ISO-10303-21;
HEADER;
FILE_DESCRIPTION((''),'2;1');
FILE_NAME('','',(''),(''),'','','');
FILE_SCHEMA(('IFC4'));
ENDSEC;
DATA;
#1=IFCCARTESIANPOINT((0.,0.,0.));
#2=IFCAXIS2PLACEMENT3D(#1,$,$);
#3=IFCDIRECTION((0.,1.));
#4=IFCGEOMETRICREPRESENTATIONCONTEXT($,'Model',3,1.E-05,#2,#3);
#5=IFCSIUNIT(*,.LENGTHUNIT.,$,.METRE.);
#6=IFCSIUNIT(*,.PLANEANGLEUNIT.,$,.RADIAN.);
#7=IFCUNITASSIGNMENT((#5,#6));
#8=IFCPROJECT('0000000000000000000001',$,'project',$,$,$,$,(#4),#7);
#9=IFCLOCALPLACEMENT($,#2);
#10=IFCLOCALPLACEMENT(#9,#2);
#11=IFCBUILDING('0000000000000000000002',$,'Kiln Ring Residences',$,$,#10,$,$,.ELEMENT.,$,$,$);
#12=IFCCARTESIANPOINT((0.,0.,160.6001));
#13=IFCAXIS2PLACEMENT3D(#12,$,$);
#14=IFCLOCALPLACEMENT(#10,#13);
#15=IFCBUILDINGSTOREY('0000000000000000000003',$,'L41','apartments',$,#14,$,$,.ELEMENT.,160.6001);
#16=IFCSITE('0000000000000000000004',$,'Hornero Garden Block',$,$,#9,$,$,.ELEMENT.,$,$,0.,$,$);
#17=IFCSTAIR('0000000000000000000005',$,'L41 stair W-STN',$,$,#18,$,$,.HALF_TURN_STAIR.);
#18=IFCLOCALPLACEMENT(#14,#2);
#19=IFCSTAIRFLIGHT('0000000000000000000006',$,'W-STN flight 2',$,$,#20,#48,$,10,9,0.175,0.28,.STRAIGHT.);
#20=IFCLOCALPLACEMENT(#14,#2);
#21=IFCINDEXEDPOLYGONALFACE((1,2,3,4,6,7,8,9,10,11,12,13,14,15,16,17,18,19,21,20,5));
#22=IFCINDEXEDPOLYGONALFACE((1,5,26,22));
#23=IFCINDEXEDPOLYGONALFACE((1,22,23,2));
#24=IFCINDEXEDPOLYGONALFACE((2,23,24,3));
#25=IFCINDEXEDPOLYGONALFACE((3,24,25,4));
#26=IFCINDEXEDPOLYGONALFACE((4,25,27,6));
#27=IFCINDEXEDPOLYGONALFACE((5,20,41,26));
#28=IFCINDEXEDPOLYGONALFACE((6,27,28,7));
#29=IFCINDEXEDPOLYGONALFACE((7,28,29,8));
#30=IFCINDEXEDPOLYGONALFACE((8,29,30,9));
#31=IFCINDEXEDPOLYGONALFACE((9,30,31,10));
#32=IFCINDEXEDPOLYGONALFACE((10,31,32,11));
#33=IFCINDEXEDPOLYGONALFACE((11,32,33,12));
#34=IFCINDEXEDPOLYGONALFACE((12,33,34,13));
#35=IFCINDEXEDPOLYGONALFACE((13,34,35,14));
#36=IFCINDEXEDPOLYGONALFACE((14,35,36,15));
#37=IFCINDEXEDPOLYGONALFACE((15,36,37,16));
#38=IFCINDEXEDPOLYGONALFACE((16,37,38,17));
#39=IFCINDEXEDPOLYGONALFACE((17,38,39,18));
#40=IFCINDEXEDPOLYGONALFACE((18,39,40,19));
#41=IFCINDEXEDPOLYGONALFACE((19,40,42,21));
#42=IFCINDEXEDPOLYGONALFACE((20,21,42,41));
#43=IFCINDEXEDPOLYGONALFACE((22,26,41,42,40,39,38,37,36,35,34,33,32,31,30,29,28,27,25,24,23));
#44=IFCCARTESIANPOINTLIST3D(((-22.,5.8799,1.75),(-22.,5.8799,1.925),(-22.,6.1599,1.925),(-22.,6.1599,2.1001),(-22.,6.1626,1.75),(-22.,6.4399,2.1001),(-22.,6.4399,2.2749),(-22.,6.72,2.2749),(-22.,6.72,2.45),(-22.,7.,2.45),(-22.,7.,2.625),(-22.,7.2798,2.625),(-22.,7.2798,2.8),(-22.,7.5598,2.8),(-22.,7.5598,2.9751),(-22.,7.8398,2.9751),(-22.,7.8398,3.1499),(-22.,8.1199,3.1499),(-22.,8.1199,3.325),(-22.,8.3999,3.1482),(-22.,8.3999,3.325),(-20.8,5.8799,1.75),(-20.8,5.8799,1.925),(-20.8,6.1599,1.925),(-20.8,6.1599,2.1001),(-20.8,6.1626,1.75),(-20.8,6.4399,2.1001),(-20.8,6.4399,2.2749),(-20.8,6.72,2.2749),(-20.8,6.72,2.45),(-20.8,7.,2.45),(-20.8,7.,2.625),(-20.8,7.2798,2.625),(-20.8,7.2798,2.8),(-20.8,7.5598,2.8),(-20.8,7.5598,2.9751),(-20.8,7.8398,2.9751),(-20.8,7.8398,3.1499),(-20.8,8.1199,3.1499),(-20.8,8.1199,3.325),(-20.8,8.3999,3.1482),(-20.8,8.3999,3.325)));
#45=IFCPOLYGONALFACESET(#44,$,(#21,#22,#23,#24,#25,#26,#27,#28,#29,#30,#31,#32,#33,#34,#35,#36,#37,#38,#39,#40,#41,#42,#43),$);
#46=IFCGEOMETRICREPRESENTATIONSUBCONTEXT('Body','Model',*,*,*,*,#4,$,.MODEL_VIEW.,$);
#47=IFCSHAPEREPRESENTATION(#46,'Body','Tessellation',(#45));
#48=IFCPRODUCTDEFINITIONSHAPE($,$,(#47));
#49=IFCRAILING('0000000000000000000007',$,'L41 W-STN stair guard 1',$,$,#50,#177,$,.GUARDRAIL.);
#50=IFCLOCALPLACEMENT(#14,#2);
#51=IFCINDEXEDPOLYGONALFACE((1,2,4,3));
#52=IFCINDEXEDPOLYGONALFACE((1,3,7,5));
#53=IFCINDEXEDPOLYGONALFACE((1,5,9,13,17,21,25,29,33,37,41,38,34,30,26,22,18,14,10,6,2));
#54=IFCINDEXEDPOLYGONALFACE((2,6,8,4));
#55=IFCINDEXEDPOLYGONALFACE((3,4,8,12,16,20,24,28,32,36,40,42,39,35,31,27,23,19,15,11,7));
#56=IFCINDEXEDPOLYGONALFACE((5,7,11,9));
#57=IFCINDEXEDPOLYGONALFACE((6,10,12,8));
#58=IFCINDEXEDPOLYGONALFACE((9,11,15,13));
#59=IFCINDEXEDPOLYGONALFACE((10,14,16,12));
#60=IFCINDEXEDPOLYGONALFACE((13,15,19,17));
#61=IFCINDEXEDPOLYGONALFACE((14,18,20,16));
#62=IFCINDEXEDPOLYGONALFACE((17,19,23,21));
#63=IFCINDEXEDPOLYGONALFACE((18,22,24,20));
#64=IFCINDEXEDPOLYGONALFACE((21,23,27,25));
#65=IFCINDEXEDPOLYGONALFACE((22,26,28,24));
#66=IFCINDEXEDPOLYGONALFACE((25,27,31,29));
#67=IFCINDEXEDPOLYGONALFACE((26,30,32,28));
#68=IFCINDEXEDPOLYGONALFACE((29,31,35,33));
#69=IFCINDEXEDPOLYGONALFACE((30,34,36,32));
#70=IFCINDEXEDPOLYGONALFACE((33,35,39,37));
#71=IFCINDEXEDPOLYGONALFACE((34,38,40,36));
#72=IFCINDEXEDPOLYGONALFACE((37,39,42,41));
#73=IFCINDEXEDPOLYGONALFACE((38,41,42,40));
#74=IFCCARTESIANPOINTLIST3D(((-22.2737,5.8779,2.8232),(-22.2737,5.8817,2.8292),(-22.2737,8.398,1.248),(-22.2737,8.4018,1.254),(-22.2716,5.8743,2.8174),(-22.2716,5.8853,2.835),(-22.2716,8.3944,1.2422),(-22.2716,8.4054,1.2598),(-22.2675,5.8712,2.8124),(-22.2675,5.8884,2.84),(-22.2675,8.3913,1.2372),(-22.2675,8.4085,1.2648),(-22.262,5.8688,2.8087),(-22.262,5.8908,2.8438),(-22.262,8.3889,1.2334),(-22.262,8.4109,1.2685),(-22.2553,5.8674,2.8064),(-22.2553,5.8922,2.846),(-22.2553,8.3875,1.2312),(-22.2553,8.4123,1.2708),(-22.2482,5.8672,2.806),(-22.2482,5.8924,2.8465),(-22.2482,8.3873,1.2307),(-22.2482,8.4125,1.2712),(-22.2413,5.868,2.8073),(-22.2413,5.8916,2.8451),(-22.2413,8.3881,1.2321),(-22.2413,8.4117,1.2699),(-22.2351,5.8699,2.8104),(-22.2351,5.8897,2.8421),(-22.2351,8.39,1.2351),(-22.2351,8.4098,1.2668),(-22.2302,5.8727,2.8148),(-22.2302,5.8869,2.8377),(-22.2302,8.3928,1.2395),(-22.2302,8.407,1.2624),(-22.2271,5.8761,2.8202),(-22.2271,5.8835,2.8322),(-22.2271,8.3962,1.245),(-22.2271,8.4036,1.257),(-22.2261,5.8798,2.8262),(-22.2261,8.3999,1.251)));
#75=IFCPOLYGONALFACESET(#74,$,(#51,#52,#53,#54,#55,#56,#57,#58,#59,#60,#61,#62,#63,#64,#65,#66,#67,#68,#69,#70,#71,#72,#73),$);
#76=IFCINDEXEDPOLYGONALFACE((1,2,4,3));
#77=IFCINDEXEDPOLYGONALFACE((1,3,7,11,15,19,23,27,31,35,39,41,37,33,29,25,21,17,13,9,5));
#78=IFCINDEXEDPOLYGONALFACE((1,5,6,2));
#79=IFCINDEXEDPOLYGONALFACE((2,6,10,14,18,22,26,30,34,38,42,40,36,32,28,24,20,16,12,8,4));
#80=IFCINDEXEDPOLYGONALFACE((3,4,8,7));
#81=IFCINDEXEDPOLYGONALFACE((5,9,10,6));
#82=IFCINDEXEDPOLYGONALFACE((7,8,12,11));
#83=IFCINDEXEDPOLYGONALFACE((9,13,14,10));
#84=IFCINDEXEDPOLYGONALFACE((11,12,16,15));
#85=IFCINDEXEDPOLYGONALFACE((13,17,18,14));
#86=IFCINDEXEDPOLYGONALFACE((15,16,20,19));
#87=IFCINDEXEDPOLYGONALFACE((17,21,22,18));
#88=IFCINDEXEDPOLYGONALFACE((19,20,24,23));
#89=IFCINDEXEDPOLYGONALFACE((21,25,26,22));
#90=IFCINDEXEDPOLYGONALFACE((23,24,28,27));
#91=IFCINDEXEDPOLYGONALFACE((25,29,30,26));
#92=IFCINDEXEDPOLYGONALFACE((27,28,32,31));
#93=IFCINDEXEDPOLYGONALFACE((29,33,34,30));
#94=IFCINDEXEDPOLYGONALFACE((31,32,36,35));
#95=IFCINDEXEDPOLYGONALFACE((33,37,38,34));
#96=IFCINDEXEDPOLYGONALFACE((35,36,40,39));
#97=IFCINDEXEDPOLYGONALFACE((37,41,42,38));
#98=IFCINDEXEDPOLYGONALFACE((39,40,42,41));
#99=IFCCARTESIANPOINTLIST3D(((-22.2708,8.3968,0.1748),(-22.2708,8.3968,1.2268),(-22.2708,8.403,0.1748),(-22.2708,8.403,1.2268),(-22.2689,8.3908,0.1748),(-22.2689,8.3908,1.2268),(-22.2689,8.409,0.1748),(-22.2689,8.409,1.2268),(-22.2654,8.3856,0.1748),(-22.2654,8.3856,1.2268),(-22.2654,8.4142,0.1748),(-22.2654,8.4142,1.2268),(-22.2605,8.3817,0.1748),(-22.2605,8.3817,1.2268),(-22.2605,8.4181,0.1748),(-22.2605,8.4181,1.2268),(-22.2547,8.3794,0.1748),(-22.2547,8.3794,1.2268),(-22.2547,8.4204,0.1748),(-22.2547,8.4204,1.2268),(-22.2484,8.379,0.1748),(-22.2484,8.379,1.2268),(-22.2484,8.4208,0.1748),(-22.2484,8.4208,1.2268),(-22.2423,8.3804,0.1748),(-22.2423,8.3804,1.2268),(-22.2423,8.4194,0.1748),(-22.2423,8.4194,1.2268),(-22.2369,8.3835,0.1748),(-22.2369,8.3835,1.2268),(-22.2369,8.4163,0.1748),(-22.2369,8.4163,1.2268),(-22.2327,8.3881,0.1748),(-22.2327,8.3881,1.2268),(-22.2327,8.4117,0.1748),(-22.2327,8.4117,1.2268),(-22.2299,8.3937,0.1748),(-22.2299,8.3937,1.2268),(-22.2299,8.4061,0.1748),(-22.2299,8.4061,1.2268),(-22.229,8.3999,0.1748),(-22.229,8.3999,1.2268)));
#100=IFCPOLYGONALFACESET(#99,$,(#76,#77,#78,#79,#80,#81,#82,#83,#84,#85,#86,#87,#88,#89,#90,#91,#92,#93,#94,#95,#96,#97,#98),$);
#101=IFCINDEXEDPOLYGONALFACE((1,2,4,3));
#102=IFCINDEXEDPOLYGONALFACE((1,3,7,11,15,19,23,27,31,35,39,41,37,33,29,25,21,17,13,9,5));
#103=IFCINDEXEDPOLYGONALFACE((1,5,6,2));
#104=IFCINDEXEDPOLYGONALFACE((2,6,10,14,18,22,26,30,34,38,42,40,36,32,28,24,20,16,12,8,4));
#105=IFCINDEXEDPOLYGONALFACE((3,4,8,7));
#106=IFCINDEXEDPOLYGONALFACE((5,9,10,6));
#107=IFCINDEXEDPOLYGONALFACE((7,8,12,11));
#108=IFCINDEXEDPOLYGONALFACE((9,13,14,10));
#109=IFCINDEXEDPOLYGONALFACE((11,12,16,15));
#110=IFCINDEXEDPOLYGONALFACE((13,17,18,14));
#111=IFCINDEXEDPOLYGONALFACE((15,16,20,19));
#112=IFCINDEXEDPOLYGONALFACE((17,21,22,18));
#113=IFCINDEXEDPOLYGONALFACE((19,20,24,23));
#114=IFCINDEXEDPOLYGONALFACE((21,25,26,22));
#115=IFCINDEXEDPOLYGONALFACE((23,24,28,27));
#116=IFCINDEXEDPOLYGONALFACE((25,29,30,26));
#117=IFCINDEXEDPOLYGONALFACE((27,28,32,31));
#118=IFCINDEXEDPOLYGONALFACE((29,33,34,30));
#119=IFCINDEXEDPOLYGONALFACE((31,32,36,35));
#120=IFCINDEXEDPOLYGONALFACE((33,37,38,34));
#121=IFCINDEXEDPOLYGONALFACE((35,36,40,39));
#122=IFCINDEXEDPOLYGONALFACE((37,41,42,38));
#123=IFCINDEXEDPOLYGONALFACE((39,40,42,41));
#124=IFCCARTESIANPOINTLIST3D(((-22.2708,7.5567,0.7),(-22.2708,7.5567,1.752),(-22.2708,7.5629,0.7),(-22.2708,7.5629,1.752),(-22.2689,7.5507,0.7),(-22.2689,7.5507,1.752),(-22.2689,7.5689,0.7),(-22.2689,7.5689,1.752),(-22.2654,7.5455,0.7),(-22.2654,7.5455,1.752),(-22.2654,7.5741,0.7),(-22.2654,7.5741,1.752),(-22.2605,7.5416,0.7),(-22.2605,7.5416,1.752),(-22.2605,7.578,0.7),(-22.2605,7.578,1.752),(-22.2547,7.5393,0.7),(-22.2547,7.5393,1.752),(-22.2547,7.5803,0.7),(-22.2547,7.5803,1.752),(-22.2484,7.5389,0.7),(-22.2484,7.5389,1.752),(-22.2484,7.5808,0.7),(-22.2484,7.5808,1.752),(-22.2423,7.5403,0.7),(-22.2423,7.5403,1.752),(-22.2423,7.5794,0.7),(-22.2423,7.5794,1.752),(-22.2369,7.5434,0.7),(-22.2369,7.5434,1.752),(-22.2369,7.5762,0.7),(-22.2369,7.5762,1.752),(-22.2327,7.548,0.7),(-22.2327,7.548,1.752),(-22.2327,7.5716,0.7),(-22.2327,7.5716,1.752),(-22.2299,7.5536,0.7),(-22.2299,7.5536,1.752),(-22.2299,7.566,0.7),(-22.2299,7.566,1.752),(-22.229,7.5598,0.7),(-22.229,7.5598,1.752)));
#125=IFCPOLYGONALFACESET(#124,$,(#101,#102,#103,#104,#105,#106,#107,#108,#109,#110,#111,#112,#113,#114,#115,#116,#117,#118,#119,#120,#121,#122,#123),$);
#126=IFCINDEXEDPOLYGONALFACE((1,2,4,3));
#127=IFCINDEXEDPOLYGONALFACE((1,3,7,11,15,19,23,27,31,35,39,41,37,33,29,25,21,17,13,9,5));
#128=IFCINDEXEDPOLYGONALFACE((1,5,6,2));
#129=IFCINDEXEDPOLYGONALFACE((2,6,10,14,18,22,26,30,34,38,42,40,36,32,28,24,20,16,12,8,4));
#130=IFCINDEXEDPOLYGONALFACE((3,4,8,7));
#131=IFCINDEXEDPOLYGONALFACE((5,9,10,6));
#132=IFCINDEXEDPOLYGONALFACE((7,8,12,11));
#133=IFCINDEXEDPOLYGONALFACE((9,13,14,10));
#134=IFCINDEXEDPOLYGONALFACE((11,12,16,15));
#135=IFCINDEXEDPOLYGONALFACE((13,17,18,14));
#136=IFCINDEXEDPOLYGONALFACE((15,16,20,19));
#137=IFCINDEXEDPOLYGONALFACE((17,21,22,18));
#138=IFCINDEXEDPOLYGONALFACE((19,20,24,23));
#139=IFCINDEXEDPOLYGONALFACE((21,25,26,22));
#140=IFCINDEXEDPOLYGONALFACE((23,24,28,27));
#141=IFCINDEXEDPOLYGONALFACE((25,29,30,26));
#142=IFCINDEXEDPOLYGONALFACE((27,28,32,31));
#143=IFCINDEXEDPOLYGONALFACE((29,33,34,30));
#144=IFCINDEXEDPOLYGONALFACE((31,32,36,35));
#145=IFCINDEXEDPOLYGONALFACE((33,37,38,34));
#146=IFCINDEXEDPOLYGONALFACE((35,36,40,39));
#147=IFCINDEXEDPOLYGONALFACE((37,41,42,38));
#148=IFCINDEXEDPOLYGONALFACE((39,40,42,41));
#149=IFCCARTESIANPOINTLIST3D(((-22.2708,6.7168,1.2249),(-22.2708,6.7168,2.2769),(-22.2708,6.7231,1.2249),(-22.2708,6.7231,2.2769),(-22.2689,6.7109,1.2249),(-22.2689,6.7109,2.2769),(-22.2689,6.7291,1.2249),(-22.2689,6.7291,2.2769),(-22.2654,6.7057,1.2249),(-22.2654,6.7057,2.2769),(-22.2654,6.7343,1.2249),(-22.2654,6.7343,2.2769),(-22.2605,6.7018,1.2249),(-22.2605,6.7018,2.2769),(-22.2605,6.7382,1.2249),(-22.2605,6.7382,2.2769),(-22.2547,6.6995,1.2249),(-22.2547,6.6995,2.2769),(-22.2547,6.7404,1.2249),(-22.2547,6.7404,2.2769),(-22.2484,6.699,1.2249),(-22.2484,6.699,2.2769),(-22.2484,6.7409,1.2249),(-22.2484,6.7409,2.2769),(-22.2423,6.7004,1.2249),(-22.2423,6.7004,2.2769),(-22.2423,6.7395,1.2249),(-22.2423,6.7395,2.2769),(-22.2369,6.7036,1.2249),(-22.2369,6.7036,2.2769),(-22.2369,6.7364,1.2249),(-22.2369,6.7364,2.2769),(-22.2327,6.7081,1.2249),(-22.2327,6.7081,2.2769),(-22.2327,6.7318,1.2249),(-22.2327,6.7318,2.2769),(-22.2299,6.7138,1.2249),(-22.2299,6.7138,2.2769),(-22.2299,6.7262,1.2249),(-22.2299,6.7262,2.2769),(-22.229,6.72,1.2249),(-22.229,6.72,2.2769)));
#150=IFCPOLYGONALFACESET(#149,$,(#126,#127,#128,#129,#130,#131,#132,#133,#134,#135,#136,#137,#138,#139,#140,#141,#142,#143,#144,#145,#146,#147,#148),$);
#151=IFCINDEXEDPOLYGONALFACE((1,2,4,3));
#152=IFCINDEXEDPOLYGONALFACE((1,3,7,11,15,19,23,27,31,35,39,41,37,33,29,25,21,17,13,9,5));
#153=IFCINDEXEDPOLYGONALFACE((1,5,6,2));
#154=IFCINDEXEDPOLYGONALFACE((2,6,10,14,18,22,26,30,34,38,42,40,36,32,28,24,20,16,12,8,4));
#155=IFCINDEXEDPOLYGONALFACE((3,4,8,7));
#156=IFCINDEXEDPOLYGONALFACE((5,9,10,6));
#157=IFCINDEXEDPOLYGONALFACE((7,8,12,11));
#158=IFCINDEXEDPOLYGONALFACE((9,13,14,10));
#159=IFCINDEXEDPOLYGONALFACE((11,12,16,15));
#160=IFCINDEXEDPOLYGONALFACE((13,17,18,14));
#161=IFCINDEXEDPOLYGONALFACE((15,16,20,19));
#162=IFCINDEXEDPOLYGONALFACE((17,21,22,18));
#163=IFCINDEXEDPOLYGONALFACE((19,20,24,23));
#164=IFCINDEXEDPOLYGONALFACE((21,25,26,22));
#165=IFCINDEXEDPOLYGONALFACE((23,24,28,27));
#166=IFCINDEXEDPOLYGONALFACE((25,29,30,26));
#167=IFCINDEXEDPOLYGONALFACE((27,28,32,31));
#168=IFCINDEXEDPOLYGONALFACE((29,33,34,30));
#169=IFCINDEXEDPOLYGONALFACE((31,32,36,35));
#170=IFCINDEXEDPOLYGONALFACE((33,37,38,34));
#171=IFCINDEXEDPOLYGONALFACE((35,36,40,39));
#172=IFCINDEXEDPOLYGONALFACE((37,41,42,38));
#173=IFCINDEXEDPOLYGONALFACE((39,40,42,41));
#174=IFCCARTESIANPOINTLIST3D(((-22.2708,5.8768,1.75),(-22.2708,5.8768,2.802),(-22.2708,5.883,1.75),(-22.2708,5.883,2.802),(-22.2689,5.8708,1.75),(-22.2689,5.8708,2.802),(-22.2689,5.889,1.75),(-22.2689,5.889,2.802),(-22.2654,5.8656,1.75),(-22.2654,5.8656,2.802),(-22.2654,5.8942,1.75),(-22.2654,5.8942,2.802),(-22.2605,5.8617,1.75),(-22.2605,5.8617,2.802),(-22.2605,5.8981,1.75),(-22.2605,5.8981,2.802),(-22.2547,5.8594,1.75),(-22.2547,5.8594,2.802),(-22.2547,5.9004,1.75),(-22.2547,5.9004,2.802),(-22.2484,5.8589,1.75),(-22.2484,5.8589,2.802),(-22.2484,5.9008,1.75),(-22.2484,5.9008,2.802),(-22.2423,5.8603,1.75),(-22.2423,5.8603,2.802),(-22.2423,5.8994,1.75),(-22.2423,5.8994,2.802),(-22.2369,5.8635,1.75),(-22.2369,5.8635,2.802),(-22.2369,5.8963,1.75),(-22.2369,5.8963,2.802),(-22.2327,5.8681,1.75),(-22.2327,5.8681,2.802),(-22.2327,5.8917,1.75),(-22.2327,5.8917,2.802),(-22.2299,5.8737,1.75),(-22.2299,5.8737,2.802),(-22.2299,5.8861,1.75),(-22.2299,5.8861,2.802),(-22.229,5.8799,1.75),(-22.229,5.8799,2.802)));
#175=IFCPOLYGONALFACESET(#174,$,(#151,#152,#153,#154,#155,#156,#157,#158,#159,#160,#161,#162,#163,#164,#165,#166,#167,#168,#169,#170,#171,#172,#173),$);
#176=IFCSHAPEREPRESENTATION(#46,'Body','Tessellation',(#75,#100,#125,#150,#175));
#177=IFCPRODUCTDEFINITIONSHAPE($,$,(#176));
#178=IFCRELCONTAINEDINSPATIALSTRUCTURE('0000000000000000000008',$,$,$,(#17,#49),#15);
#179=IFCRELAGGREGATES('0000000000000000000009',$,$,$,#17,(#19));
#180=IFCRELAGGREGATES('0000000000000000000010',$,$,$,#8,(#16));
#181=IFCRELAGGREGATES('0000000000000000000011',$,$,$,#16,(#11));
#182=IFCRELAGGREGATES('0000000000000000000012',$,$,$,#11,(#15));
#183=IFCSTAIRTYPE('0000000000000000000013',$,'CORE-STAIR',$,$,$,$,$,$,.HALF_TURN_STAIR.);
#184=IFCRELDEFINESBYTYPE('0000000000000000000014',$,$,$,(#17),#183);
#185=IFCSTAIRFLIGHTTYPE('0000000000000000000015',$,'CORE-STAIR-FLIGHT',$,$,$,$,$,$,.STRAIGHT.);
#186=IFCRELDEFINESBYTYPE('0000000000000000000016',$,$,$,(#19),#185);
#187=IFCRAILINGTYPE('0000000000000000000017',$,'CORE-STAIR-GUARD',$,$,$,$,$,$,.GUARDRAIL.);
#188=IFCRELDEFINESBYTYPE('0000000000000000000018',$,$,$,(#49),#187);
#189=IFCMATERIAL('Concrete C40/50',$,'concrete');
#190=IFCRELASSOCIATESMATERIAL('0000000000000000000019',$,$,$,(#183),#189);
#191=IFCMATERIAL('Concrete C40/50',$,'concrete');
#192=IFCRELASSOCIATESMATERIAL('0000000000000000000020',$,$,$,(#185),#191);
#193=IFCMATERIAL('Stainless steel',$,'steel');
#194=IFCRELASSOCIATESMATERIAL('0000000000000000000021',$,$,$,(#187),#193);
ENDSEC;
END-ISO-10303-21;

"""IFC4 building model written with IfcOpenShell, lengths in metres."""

from ifc_helpers import new_model, si_unit, direction, frame, origin, origin_2d, place, context, subcontext, project, spatial, polyline, circle, outline, extrude, material, type_object, element, aggregate, save


model = new_model("IFC4")

# Units and contexts
model_context = context("Model", 3, precision=1e-05, world=origin(), true_north=direction((0.0, 1.0)))
body_context = subcontext(model_context, "Body", "Model", "MODEL_VIEW")
ifc_project = project(units=[si_unit("LENGTHUNIT", "METRE"), si_unit("PLANEANGLEUNIT", "RADIAN")], contexts=[model_context])

# Site, building, storey
site_placement = place(None, origin())
site = spatial("IfcSite", under=ifc_project, at=site_placement, Name="Hornero Garden Block", CompositionType="ELEMENT", RefElevation=0.0)
building_placement = place(site_placement, origin())
building = spatial("IfcBuilding", under=site, at=building_placement, Name="Kiln Ring Residences", CompositionType="ELEMENT")
storey_placement = place(building_placement, frame((0.0, 0.0, 160.6001)))
storey = spatial("IfcBuildingStorey", under=building, at=storey_placement, Name="L41", Description="apartments", CompositionType="ELEMENT", Elevation=160.6001)

# Stair, stair flight
ifc_material_1 = material(Name="Concrete C40/50", Category="concrete")
stair_type = type_object("IfcStairType", Name="CORE-STAIR", PredefinedType="HALF_TURN_STAIR", material=ifc_material_1)
stair_placement = place(storey_placement, origin())
stair = element("IfcStair", 1, at=stair_placement, inside=storey, type_object=stair_type, Name="L41 stair W-STN", PredefinedType="HALF_TURN_STAIR")
ifc_material_2 = material(Name="Concrete C40/50", Category="concrete")
stair_flight_type = type_object("IfcStairFlightType", Name="CORE-STAIR-FLIGHT", PredefinedType="STRAIGHT", material=ifc_material_2)
stair_flight_1_placement = place(storey_placement, frame((-21.3999, 5.8799, 1.75), z_axis=(0.0, 0.0, 1.0), x_axis=(0.0, 1.0, 0.0)))
stair_flight_1 = element("IfcStairFlight", 2, at=stair_flight_1_placement, type_object=stair_flight_type, Name="W-STN flight 2", NumberOfRisers=10, NumberOfTreads=9, PredefinedType="STRAIGHT", RiserHeight=0.175, TreadLength=0.28, context=body_context, shape_type="SweptSolid", body=[
    extrude(outline(polyline([(0.0, 0.0), (0.0, 0.175), (0.28, 0.175), (0.28, 0.3501), (0.5601, 0.3501), (0.5601, 0.5249), (0.8401, 0.5249), (0.8401, 0.7), (1.1201, 0.7), (1.1201, 0.875), (1.3999, 0.875), (1.3999, 1.05), (1.6799, 1.05), (1.6799, 1.2251), (1.96, 1.2251), (1.96, 1.3999), (2.24, 1.3999), (2.24, 1.575), (2.52, 1.575), (2.52, 1.75), (2.52, 1.3982), (0.2827, 0.0), (0.0, 0.0)])), frame((0.0, 0.6001, 0.0), z_axis=(0.0, -1.0, 0.0), x_axis=(1.0, 0.0, 0.0)), (0.0, 0.0, 1.0), 1.2),
])
aggregate(stair, [stair_flight_1])

# Railing
ifc_material_3 = material(Name="Stainless steel", Category="steel")
railing_type_1 = type_object("IfcRailingType", Name="CORE-STAIR-GUARD", PredefinedType="GUARDRAIL", material=ifc_material_3)
railing_1_placement = place(storey_placement, frame((-22.25, 8.3999, 0.1748)))
element("IfcRailing", 3, at=railing_1_placement, inside=storey, type_object=railing_type_1, Name="L41 W-STN stair guard 1", PredefinedType="GUARDRAIL", context=body_context, shape_type="SweptSolid", body=[
    extrude(circle(Radius=0.0239, at=origin_2d()), frame((0.0, 0.0, 1.0762), z_axis=(0.0, -0.847971, 0.530043), x_axis=(1.0, 0.0, 0.0)), (0.0, 0.0, 1.0), 2.9719),
    extrude(circle(Radius=0.021, at=origin_2d()), origin(), (0.0, 0.0, 1.0), 1.052),
    extrude(circle(Radius=0.021, at=origin_2d()), frame((0.0, -0.8401, 0.5251)), (0.0, 0.0, 1.0), 1.052),
    extrude(circle(Radius=0.021, at=origin_2d()), frame((0.0, -1.6799, 1.05)), (0.0, 0.0, 1.0), 1.052),
    extrude(circle(Radius=0.021, at=origin_2d()), frame((0.0, -2.52, 1.5752)), (0.0, 0.0, 1.0), 1.052),
])

save(model, "model.ifc")
